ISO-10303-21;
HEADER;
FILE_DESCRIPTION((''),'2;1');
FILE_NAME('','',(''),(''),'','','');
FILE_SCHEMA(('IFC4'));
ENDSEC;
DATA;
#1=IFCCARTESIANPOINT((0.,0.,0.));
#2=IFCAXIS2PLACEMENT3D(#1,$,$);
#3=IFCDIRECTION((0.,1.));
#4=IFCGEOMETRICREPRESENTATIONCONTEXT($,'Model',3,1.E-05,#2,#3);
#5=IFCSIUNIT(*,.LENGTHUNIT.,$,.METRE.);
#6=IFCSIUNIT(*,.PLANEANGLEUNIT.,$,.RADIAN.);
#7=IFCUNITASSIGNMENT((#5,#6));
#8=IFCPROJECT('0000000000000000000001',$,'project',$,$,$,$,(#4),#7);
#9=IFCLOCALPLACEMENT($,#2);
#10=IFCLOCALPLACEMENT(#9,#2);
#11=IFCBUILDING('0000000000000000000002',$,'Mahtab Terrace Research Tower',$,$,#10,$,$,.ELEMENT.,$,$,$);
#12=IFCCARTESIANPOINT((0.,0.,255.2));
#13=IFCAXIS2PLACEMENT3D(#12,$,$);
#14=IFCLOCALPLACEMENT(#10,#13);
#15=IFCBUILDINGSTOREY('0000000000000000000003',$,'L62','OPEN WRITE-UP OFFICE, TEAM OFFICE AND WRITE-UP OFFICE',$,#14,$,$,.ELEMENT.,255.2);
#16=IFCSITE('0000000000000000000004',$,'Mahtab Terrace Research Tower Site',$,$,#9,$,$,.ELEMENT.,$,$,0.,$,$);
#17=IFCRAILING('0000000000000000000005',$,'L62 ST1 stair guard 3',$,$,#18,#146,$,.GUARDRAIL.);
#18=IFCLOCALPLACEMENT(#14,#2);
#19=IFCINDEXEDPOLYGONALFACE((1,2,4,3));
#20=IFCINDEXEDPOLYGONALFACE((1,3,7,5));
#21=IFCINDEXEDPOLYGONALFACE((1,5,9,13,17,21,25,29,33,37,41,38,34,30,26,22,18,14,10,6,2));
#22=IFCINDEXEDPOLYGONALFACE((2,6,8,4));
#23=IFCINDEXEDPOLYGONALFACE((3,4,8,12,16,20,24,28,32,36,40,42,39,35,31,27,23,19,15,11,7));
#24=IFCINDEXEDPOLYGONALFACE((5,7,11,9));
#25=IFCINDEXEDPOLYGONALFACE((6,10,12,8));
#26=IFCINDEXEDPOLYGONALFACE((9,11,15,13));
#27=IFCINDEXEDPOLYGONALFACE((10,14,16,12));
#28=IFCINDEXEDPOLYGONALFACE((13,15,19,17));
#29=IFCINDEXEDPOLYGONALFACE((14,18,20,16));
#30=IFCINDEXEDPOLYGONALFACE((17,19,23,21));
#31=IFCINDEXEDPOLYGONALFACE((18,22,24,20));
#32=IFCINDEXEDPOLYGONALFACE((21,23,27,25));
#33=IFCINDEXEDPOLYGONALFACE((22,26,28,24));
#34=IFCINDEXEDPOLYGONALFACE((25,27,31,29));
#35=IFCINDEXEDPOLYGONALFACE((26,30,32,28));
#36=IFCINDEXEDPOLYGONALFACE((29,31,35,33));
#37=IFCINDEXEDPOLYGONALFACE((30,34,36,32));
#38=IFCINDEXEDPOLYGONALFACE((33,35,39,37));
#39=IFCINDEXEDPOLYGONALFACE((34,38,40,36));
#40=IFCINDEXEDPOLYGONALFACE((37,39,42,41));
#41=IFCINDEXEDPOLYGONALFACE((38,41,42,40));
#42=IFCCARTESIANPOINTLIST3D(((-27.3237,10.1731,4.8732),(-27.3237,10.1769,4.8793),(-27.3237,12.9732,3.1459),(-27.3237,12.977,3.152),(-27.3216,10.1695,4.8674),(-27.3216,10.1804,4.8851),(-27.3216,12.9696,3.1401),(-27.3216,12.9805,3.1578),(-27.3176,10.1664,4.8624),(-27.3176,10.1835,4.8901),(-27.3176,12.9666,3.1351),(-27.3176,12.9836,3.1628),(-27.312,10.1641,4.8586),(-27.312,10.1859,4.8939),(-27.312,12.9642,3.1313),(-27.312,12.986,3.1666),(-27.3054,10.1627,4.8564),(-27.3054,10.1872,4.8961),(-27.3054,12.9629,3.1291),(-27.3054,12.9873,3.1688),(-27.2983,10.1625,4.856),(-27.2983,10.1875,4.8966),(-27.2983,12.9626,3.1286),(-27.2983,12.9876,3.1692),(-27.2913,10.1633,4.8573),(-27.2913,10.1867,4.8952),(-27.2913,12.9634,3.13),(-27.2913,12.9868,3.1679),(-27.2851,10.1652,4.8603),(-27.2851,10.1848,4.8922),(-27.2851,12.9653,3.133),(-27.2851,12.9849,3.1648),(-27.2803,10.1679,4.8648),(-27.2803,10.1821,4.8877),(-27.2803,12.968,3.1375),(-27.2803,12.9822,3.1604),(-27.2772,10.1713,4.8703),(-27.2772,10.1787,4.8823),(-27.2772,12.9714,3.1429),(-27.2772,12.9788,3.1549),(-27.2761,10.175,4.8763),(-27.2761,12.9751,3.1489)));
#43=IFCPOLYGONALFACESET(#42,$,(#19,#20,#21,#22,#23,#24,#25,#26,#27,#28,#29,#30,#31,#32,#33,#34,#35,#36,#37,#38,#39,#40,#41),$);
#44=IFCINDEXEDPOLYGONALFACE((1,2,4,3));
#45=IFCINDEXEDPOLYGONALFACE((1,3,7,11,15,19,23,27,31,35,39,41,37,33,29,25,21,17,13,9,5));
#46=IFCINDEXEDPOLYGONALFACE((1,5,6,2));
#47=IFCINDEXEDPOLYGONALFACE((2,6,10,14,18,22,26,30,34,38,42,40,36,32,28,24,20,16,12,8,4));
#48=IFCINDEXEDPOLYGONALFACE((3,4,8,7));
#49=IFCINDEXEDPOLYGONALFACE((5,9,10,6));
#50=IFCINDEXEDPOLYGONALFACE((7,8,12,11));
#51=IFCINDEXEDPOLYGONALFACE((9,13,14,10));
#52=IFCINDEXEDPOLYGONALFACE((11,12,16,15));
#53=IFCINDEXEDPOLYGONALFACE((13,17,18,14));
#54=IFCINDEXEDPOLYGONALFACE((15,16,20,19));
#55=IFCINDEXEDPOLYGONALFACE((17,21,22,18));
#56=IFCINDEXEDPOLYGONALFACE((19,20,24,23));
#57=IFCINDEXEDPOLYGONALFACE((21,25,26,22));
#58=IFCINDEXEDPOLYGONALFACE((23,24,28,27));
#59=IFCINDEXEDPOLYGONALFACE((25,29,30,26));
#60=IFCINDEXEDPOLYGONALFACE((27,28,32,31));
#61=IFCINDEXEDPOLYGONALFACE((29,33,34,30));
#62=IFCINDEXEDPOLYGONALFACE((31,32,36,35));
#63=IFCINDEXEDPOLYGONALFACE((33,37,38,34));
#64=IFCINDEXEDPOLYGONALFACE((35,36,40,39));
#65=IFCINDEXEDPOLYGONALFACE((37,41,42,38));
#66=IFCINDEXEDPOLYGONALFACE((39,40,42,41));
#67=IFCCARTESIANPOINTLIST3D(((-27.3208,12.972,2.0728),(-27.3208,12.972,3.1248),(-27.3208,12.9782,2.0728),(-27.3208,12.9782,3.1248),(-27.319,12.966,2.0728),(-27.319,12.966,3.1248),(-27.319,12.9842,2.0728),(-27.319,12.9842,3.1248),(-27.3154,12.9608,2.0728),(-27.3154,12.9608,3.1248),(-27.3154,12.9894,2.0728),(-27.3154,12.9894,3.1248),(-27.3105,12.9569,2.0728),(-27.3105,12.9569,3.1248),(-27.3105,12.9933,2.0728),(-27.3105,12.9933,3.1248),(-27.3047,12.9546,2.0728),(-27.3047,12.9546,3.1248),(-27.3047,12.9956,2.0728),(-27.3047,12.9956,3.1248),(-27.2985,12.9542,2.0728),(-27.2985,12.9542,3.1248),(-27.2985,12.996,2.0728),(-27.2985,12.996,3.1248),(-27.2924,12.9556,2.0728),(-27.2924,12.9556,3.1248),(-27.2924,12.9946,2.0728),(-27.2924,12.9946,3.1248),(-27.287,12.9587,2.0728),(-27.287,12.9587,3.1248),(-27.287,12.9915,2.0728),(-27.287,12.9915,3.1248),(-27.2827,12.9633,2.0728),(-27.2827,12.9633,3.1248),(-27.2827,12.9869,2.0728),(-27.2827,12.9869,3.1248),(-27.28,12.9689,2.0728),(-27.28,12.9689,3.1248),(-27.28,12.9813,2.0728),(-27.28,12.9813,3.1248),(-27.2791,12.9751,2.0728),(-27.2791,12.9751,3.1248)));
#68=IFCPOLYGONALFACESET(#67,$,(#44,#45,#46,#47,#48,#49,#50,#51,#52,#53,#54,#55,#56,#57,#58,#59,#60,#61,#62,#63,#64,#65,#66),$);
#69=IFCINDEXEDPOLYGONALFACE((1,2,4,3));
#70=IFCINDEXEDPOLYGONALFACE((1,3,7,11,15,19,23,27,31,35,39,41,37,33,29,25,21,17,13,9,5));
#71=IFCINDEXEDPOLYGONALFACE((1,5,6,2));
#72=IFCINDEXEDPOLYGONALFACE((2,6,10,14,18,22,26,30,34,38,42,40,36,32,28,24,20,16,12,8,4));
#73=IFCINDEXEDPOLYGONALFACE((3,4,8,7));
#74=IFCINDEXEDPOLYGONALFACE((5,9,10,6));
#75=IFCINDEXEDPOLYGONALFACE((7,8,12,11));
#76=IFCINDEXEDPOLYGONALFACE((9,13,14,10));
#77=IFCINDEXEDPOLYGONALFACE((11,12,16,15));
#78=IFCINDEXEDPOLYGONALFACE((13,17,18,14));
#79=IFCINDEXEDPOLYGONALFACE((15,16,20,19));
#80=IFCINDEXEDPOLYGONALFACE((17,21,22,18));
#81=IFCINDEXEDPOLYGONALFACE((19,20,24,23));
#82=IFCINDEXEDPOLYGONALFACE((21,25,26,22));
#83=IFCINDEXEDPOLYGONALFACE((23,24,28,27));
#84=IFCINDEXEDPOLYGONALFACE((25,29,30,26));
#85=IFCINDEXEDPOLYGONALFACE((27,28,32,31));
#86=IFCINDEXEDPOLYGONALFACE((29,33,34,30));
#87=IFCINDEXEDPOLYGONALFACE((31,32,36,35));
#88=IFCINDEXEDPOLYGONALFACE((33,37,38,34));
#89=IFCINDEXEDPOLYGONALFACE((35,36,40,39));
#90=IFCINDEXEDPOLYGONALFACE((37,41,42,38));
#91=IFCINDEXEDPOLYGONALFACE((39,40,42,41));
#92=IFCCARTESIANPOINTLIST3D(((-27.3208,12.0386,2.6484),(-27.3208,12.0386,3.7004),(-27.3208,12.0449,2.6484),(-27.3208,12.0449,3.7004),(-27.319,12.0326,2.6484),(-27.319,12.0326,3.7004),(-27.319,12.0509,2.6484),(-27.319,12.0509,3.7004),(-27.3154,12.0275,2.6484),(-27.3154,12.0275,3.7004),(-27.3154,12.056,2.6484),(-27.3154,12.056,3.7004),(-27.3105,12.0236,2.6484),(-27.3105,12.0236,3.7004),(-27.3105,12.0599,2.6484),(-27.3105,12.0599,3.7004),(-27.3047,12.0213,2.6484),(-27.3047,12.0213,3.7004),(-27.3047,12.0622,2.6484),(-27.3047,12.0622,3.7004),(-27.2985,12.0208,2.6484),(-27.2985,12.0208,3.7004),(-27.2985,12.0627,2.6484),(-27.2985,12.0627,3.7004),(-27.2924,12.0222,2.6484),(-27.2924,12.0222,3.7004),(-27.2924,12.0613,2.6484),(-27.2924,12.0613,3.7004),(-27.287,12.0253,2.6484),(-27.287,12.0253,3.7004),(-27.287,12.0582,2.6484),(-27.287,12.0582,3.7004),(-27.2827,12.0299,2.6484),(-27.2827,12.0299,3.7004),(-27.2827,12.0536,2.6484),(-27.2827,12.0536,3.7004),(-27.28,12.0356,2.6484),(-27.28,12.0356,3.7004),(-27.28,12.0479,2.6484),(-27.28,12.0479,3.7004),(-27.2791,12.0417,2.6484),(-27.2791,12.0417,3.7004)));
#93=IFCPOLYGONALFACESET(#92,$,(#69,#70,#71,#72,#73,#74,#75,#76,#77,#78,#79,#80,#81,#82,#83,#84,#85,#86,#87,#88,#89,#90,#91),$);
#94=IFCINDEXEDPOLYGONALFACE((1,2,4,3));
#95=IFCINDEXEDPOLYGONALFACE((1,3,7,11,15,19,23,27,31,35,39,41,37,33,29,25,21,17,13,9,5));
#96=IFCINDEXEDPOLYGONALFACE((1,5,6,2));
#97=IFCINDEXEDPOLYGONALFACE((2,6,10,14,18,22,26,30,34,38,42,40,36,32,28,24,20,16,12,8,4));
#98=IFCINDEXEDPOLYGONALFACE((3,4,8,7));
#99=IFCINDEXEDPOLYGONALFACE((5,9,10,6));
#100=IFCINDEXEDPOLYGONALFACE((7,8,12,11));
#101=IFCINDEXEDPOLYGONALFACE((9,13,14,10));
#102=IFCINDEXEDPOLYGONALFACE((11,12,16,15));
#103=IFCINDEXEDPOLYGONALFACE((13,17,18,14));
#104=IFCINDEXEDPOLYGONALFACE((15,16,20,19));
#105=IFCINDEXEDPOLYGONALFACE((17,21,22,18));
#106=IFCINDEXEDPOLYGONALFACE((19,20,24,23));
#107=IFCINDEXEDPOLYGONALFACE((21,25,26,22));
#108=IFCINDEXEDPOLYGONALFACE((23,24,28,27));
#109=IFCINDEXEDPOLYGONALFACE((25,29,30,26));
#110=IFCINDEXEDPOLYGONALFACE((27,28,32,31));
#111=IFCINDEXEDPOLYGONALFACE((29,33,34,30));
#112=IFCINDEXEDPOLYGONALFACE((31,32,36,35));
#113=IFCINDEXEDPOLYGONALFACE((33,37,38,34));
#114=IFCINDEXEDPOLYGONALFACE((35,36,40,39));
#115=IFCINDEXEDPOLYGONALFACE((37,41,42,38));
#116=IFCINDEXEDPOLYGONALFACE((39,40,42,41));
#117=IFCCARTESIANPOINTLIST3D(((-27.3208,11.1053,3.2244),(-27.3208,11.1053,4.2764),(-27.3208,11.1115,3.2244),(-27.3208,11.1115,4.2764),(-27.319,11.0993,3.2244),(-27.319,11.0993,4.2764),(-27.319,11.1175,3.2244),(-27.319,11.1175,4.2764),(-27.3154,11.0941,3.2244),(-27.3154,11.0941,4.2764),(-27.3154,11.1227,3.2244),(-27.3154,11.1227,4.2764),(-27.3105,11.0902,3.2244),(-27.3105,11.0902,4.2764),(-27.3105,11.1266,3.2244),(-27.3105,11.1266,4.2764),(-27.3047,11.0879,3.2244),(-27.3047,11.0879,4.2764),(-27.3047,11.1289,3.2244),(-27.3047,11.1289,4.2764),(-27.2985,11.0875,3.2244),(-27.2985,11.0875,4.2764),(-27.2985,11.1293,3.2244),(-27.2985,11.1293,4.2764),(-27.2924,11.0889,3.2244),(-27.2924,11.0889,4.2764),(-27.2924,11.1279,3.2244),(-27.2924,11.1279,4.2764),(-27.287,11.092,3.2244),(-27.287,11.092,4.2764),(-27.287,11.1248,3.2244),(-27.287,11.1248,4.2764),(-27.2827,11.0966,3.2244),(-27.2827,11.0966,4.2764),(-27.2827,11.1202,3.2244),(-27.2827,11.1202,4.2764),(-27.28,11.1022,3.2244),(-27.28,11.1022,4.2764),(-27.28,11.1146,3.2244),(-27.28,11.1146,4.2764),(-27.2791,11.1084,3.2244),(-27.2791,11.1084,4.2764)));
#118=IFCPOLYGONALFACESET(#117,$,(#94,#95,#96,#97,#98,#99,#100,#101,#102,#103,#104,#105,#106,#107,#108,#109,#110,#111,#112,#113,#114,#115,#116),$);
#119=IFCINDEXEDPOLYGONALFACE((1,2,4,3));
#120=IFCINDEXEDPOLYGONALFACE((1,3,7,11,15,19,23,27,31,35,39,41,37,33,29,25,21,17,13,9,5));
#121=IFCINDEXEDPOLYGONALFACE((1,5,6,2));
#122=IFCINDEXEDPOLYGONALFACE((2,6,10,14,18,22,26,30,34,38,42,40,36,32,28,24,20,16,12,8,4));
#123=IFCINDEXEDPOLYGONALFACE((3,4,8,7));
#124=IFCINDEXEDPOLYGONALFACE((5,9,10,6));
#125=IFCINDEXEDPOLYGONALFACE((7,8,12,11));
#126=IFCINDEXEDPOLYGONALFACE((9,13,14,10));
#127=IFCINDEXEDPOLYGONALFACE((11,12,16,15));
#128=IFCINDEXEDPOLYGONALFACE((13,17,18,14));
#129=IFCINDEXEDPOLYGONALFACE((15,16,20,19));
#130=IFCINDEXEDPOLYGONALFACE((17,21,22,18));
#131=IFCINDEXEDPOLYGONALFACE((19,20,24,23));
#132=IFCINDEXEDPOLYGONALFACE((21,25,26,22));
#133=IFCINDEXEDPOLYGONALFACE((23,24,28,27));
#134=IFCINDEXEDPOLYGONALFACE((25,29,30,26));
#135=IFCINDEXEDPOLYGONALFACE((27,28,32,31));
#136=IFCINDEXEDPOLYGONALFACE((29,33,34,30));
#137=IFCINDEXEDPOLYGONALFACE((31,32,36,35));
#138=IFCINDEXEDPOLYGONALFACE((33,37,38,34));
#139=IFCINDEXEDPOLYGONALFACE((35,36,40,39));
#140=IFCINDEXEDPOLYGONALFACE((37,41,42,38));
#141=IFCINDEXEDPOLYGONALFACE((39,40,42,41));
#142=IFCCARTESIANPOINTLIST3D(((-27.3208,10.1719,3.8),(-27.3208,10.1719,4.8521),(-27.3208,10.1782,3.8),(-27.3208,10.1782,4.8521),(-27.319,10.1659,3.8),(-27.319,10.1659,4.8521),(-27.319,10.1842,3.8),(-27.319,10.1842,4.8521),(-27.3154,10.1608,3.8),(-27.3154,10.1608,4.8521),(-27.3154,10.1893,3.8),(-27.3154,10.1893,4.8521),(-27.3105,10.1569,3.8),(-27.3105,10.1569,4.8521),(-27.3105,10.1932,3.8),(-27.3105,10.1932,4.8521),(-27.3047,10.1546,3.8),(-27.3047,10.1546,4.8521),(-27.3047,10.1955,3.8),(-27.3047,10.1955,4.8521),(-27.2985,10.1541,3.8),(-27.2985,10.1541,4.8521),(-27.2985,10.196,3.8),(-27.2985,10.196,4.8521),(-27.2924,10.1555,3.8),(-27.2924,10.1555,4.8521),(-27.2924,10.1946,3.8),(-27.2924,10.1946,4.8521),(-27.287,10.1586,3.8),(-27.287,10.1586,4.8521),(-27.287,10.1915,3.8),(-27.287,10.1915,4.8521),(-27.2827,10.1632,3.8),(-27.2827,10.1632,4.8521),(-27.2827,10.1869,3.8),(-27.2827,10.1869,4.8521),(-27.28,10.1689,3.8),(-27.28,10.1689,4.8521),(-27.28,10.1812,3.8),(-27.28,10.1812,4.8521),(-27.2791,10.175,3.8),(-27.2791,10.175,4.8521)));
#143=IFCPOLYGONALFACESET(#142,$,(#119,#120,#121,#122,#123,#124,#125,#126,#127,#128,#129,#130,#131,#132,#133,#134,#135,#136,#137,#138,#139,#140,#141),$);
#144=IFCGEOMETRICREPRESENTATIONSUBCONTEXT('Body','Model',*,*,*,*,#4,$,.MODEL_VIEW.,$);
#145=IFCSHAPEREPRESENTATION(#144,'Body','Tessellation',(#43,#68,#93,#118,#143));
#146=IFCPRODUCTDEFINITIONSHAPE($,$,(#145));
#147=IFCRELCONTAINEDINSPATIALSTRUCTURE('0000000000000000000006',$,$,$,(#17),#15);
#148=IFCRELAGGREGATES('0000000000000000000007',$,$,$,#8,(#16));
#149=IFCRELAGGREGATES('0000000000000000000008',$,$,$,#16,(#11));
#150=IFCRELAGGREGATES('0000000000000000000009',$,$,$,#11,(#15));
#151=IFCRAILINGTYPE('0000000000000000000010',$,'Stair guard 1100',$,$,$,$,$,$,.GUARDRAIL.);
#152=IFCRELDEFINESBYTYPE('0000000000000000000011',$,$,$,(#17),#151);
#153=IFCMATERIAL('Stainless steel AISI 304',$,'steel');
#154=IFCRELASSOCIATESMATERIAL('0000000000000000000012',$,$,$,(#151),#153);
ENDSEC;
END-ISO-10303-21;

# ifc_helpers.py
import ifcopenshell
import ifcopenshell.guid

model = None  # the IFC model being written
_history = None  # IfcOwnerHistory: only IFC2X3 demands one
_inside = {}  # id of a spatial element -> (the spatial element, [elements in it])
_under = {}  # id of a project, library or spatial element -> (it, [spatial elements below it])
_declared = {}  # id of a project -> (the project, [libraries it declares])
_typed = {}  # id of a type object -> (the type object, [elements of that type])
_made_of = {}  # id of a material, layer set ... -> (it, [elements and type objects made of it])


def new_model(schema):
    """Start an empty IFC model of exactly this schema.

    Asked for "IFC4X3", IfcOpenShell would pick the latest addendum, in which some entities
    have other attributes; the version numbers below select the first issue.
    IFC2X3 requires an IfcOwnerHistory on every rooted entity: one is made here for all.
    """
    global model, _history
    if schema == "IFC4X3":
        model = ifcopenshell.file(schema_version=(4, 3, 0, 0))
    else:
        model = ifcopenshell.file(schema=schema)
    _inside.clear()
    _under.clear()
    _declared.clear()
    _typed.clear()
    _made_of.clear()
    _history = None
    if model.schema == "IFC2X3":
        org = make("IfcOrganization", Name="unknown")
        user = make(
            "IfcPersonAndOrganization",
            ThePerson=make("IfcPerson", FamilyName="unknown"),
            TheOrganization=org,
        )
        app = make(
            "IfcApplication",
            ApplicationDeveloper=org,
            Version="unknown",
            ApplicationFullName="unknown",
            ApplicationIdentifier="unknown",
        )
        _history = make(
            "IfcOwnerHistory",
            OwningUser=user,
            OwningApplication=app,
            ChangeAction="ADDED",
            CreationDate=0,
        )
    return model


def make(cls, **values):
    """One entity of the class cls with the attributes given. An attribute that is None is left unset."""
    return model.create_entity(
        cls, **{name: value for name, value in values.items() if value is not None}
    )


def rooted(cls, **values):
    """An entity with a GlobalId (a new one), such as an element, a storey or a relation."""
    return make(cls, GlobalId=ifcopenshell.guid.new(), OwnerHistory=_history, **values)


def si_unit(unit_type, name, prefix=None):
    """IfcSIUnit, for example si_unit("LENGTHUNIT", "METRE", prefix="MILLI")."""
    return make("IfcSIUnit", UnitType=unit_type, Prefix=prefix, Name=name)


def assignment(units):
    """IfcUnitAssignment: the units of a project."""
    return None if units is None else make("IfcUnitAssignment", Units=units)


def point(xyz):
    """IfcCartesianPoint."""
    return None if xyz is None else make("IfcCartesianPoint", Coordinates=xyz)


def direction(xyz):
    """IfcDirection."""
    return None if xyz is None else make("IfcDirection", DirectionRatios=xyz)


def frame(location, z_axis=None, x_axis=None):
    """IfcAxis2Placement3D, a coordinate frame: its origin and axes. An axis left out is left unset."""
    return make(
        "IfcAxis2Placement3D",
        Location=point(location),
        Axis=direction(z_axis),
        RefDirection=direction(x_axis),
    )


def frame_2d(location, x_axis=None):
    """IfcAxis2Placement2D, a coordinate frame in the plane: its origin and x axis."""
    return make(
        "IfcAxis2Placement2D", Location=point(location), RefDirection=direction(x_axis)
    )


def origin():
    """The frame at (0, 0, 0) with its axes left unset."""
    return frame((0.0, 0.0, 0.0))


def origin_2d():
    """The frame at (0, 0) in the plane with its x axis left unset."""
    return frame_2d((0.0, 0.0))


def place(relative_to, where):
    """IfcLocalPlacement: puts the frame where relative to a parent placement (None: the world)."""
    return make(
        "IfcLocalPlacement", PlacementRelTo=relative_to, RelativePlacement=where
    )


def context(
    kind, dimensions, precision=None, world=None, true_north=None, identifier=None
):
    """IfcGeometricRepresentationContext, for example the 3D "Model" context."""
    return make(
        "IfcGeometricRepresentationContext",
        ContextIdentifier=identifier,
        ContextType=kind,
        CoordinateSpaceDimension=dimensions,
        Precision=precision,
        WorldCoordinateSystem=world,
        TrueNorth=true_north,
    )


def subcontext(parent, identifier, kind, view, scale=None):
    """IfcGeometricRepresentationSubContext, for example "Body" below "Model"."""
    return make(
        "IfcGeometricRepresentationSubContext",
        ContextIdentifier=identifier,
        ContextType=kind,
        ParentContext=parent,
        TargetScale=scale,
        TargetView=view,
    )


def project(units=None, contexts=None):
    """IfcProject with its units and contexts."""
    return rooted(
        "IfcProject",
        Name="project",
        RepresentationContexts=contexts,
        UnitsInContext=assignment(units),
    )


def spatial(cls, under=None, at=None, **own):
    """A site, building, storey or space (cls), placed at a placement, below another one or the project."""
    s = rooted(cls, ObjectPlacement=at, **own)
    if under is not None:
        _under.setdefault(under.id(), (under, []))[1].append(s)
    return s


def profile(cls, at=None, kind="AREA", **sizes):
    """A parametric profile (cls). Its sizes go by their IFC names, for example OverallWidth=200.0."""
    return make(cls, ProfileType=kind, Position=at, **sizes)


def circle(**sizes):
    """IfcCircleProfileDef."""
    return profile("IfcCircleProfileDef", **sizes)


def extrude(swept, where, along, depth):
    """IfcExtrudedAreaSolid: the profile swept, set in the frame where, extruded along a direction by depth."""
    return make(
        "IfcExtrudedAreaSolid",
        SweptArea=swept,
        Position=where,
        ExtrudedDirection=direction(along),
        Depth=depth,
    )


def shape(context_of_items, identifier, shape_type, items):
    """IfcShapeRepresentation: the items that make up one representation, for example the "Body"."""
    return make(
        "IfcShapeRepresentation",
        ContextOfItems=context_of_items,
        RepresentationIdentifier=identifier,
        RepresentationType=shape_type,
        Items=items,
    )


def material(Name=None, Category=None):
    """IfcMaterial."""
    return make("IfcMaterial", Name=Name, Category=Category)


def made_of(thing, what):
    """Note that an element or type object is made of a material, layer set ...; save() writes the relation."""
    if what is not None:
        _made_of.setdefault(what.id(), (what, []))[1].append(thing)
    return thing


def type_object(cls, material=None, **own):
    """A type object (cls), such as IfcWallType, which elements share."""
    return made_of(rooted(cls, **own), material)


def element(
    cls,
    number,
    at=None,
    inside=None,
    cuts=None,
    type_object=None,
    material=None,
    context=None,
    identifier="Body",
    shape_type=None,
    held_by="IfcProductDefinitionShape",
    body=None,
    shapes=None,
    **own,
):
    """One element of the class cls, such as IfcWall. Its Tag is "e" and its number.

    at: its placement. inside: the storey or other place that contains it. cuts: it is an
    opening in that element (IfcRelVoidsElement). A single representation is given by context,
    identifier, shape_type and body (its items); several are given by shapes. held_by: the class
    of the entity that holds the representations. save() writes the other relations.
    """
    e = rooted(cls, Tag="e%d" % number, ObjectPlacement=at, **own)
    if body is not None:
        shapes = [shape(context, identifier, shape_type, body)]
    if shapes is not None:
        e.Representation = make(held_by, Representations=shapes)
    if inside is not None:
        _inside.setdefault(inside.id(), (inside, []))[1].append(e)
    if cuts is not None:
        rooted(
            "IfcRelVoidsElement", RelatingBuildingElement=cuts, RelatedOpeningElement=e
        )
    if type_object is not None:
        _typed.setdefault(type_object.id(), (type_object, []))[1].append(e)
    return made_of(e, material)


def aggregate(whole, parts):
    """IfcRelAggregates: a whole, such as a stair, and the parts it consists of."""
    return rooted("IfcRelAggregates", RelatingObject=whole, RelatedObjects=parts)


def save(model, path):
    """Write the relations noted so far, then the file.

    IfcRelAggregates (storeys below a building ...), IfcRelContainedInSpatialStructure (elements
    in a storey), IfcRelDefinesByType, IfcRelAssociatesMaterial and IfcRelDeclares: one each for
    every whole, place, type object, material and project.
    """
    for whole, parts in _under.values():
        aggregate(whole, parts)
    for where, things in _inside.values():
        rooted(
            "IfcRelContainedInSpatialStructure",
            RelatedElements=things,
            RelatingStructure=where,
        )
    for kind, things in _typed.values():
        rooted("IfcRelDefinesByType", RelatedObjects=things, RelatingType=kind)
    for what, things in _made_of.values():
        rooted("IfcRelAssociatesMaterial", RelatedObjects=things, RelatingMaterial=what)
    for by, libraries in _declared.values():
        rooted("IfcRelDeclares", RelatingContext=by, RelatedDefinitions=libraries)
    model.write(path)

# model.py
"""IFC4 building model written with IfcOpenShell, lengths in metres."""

from ifc_helpers import new_model, si_unit, direction, frame, origin, origin_2d, place, context, subcontext, project, spatial, circle, extrude, material, type_object, element, save


model = new_model("IFC4")

# Units and contexts
model_context = context("Model", 3, precision=1e-05, world=origin(), true_north=direction((0.0, 1.0)))
body_context = subcontext(model_context, "Body", "Model", "MODEL_VIEW")
ifc_project = project(units=[si_unit("LENGTHUNIT", "METRE"), si_unit("PLANEANGLEUNIT", "RADIAN")], contexts=[model_context])

# Site, building, storey
site_placement = place(None, origin())
site = spatial("IfcSite", under=ifc_project, at=site_placement, Name="Mahtab Terrace Research Tower Site", CompositionType="ELEMENT", RefElevation=0.0)
building_placement = place(site_placement, origin())
building = spatial("IfcBuilding", under=site, at=building_placement, Name="Mahtab Terrace Research Tower", CompositionType="ELEMENT")
storey_placement = place(building_placement, frame((0.0, 0.0, 255.2)))
storey = spatial("IfcBuildingStorey", under=building, at=storey_placement, Name="L62", Description="OPEN WRITE-UP OFFICE, TEAM OFFICE AND WRITE-UP OFFICE", CompositionType="ELEMENT", Elevation=255.2)

# Railing
ifc_material_1 = material(Name="Stainless steel AISI 304", Category="steel")
railing_type_1 = type_object("IfcRailingType", Name="Stair guard 1100", PredefinedType="GUARDRAIL", material=ifc_material_1)
railing_1_placement = place(storey_placement, frame((-27.3, 12.9751, 2.0728)))
element("IfcRailing", 1, at=railing_1_placement, inside=storey, type_object=railing_type_1, Name="L62 ST1 stair guard 3", PredefinedType="GUARDRAIL", context=body_context, shape_type="SweptSolid", body=[
    extrude(circle(Radius=0.0239, at=origin_2d()), frame((0.0, 0.0, 1.0762), z_axis=(0.0, -0.85109, 0.52502), x_axis=(1.0, 0.0, 0.0)), (0.0, 0.0, 1.0), 3.29),
    extrude(circle(Radius=0.021, at=origin_2d()), origin(), (0.0, 0.0, 1.0), 1.052),
    extrude(circle(Radius=0.021, at=origin_2d()), frame((0.0, -0.9333, 0.5757)), (0.0, 0.0, 1.0), 1.052),
    extrude(circle(Radius=0.021, at=origin_2d()), frame((0.0, -1.8667, 1.1516)), (0.0, 0.0, 1.0), 1.052),
    extrude(circle(Radius=0.021, at=origin_2d()), frame((0.0, -2.8, 1.7273)), (0.0, 0.0, 1.0), 1.052),
])

save(model, "model.ifc")
